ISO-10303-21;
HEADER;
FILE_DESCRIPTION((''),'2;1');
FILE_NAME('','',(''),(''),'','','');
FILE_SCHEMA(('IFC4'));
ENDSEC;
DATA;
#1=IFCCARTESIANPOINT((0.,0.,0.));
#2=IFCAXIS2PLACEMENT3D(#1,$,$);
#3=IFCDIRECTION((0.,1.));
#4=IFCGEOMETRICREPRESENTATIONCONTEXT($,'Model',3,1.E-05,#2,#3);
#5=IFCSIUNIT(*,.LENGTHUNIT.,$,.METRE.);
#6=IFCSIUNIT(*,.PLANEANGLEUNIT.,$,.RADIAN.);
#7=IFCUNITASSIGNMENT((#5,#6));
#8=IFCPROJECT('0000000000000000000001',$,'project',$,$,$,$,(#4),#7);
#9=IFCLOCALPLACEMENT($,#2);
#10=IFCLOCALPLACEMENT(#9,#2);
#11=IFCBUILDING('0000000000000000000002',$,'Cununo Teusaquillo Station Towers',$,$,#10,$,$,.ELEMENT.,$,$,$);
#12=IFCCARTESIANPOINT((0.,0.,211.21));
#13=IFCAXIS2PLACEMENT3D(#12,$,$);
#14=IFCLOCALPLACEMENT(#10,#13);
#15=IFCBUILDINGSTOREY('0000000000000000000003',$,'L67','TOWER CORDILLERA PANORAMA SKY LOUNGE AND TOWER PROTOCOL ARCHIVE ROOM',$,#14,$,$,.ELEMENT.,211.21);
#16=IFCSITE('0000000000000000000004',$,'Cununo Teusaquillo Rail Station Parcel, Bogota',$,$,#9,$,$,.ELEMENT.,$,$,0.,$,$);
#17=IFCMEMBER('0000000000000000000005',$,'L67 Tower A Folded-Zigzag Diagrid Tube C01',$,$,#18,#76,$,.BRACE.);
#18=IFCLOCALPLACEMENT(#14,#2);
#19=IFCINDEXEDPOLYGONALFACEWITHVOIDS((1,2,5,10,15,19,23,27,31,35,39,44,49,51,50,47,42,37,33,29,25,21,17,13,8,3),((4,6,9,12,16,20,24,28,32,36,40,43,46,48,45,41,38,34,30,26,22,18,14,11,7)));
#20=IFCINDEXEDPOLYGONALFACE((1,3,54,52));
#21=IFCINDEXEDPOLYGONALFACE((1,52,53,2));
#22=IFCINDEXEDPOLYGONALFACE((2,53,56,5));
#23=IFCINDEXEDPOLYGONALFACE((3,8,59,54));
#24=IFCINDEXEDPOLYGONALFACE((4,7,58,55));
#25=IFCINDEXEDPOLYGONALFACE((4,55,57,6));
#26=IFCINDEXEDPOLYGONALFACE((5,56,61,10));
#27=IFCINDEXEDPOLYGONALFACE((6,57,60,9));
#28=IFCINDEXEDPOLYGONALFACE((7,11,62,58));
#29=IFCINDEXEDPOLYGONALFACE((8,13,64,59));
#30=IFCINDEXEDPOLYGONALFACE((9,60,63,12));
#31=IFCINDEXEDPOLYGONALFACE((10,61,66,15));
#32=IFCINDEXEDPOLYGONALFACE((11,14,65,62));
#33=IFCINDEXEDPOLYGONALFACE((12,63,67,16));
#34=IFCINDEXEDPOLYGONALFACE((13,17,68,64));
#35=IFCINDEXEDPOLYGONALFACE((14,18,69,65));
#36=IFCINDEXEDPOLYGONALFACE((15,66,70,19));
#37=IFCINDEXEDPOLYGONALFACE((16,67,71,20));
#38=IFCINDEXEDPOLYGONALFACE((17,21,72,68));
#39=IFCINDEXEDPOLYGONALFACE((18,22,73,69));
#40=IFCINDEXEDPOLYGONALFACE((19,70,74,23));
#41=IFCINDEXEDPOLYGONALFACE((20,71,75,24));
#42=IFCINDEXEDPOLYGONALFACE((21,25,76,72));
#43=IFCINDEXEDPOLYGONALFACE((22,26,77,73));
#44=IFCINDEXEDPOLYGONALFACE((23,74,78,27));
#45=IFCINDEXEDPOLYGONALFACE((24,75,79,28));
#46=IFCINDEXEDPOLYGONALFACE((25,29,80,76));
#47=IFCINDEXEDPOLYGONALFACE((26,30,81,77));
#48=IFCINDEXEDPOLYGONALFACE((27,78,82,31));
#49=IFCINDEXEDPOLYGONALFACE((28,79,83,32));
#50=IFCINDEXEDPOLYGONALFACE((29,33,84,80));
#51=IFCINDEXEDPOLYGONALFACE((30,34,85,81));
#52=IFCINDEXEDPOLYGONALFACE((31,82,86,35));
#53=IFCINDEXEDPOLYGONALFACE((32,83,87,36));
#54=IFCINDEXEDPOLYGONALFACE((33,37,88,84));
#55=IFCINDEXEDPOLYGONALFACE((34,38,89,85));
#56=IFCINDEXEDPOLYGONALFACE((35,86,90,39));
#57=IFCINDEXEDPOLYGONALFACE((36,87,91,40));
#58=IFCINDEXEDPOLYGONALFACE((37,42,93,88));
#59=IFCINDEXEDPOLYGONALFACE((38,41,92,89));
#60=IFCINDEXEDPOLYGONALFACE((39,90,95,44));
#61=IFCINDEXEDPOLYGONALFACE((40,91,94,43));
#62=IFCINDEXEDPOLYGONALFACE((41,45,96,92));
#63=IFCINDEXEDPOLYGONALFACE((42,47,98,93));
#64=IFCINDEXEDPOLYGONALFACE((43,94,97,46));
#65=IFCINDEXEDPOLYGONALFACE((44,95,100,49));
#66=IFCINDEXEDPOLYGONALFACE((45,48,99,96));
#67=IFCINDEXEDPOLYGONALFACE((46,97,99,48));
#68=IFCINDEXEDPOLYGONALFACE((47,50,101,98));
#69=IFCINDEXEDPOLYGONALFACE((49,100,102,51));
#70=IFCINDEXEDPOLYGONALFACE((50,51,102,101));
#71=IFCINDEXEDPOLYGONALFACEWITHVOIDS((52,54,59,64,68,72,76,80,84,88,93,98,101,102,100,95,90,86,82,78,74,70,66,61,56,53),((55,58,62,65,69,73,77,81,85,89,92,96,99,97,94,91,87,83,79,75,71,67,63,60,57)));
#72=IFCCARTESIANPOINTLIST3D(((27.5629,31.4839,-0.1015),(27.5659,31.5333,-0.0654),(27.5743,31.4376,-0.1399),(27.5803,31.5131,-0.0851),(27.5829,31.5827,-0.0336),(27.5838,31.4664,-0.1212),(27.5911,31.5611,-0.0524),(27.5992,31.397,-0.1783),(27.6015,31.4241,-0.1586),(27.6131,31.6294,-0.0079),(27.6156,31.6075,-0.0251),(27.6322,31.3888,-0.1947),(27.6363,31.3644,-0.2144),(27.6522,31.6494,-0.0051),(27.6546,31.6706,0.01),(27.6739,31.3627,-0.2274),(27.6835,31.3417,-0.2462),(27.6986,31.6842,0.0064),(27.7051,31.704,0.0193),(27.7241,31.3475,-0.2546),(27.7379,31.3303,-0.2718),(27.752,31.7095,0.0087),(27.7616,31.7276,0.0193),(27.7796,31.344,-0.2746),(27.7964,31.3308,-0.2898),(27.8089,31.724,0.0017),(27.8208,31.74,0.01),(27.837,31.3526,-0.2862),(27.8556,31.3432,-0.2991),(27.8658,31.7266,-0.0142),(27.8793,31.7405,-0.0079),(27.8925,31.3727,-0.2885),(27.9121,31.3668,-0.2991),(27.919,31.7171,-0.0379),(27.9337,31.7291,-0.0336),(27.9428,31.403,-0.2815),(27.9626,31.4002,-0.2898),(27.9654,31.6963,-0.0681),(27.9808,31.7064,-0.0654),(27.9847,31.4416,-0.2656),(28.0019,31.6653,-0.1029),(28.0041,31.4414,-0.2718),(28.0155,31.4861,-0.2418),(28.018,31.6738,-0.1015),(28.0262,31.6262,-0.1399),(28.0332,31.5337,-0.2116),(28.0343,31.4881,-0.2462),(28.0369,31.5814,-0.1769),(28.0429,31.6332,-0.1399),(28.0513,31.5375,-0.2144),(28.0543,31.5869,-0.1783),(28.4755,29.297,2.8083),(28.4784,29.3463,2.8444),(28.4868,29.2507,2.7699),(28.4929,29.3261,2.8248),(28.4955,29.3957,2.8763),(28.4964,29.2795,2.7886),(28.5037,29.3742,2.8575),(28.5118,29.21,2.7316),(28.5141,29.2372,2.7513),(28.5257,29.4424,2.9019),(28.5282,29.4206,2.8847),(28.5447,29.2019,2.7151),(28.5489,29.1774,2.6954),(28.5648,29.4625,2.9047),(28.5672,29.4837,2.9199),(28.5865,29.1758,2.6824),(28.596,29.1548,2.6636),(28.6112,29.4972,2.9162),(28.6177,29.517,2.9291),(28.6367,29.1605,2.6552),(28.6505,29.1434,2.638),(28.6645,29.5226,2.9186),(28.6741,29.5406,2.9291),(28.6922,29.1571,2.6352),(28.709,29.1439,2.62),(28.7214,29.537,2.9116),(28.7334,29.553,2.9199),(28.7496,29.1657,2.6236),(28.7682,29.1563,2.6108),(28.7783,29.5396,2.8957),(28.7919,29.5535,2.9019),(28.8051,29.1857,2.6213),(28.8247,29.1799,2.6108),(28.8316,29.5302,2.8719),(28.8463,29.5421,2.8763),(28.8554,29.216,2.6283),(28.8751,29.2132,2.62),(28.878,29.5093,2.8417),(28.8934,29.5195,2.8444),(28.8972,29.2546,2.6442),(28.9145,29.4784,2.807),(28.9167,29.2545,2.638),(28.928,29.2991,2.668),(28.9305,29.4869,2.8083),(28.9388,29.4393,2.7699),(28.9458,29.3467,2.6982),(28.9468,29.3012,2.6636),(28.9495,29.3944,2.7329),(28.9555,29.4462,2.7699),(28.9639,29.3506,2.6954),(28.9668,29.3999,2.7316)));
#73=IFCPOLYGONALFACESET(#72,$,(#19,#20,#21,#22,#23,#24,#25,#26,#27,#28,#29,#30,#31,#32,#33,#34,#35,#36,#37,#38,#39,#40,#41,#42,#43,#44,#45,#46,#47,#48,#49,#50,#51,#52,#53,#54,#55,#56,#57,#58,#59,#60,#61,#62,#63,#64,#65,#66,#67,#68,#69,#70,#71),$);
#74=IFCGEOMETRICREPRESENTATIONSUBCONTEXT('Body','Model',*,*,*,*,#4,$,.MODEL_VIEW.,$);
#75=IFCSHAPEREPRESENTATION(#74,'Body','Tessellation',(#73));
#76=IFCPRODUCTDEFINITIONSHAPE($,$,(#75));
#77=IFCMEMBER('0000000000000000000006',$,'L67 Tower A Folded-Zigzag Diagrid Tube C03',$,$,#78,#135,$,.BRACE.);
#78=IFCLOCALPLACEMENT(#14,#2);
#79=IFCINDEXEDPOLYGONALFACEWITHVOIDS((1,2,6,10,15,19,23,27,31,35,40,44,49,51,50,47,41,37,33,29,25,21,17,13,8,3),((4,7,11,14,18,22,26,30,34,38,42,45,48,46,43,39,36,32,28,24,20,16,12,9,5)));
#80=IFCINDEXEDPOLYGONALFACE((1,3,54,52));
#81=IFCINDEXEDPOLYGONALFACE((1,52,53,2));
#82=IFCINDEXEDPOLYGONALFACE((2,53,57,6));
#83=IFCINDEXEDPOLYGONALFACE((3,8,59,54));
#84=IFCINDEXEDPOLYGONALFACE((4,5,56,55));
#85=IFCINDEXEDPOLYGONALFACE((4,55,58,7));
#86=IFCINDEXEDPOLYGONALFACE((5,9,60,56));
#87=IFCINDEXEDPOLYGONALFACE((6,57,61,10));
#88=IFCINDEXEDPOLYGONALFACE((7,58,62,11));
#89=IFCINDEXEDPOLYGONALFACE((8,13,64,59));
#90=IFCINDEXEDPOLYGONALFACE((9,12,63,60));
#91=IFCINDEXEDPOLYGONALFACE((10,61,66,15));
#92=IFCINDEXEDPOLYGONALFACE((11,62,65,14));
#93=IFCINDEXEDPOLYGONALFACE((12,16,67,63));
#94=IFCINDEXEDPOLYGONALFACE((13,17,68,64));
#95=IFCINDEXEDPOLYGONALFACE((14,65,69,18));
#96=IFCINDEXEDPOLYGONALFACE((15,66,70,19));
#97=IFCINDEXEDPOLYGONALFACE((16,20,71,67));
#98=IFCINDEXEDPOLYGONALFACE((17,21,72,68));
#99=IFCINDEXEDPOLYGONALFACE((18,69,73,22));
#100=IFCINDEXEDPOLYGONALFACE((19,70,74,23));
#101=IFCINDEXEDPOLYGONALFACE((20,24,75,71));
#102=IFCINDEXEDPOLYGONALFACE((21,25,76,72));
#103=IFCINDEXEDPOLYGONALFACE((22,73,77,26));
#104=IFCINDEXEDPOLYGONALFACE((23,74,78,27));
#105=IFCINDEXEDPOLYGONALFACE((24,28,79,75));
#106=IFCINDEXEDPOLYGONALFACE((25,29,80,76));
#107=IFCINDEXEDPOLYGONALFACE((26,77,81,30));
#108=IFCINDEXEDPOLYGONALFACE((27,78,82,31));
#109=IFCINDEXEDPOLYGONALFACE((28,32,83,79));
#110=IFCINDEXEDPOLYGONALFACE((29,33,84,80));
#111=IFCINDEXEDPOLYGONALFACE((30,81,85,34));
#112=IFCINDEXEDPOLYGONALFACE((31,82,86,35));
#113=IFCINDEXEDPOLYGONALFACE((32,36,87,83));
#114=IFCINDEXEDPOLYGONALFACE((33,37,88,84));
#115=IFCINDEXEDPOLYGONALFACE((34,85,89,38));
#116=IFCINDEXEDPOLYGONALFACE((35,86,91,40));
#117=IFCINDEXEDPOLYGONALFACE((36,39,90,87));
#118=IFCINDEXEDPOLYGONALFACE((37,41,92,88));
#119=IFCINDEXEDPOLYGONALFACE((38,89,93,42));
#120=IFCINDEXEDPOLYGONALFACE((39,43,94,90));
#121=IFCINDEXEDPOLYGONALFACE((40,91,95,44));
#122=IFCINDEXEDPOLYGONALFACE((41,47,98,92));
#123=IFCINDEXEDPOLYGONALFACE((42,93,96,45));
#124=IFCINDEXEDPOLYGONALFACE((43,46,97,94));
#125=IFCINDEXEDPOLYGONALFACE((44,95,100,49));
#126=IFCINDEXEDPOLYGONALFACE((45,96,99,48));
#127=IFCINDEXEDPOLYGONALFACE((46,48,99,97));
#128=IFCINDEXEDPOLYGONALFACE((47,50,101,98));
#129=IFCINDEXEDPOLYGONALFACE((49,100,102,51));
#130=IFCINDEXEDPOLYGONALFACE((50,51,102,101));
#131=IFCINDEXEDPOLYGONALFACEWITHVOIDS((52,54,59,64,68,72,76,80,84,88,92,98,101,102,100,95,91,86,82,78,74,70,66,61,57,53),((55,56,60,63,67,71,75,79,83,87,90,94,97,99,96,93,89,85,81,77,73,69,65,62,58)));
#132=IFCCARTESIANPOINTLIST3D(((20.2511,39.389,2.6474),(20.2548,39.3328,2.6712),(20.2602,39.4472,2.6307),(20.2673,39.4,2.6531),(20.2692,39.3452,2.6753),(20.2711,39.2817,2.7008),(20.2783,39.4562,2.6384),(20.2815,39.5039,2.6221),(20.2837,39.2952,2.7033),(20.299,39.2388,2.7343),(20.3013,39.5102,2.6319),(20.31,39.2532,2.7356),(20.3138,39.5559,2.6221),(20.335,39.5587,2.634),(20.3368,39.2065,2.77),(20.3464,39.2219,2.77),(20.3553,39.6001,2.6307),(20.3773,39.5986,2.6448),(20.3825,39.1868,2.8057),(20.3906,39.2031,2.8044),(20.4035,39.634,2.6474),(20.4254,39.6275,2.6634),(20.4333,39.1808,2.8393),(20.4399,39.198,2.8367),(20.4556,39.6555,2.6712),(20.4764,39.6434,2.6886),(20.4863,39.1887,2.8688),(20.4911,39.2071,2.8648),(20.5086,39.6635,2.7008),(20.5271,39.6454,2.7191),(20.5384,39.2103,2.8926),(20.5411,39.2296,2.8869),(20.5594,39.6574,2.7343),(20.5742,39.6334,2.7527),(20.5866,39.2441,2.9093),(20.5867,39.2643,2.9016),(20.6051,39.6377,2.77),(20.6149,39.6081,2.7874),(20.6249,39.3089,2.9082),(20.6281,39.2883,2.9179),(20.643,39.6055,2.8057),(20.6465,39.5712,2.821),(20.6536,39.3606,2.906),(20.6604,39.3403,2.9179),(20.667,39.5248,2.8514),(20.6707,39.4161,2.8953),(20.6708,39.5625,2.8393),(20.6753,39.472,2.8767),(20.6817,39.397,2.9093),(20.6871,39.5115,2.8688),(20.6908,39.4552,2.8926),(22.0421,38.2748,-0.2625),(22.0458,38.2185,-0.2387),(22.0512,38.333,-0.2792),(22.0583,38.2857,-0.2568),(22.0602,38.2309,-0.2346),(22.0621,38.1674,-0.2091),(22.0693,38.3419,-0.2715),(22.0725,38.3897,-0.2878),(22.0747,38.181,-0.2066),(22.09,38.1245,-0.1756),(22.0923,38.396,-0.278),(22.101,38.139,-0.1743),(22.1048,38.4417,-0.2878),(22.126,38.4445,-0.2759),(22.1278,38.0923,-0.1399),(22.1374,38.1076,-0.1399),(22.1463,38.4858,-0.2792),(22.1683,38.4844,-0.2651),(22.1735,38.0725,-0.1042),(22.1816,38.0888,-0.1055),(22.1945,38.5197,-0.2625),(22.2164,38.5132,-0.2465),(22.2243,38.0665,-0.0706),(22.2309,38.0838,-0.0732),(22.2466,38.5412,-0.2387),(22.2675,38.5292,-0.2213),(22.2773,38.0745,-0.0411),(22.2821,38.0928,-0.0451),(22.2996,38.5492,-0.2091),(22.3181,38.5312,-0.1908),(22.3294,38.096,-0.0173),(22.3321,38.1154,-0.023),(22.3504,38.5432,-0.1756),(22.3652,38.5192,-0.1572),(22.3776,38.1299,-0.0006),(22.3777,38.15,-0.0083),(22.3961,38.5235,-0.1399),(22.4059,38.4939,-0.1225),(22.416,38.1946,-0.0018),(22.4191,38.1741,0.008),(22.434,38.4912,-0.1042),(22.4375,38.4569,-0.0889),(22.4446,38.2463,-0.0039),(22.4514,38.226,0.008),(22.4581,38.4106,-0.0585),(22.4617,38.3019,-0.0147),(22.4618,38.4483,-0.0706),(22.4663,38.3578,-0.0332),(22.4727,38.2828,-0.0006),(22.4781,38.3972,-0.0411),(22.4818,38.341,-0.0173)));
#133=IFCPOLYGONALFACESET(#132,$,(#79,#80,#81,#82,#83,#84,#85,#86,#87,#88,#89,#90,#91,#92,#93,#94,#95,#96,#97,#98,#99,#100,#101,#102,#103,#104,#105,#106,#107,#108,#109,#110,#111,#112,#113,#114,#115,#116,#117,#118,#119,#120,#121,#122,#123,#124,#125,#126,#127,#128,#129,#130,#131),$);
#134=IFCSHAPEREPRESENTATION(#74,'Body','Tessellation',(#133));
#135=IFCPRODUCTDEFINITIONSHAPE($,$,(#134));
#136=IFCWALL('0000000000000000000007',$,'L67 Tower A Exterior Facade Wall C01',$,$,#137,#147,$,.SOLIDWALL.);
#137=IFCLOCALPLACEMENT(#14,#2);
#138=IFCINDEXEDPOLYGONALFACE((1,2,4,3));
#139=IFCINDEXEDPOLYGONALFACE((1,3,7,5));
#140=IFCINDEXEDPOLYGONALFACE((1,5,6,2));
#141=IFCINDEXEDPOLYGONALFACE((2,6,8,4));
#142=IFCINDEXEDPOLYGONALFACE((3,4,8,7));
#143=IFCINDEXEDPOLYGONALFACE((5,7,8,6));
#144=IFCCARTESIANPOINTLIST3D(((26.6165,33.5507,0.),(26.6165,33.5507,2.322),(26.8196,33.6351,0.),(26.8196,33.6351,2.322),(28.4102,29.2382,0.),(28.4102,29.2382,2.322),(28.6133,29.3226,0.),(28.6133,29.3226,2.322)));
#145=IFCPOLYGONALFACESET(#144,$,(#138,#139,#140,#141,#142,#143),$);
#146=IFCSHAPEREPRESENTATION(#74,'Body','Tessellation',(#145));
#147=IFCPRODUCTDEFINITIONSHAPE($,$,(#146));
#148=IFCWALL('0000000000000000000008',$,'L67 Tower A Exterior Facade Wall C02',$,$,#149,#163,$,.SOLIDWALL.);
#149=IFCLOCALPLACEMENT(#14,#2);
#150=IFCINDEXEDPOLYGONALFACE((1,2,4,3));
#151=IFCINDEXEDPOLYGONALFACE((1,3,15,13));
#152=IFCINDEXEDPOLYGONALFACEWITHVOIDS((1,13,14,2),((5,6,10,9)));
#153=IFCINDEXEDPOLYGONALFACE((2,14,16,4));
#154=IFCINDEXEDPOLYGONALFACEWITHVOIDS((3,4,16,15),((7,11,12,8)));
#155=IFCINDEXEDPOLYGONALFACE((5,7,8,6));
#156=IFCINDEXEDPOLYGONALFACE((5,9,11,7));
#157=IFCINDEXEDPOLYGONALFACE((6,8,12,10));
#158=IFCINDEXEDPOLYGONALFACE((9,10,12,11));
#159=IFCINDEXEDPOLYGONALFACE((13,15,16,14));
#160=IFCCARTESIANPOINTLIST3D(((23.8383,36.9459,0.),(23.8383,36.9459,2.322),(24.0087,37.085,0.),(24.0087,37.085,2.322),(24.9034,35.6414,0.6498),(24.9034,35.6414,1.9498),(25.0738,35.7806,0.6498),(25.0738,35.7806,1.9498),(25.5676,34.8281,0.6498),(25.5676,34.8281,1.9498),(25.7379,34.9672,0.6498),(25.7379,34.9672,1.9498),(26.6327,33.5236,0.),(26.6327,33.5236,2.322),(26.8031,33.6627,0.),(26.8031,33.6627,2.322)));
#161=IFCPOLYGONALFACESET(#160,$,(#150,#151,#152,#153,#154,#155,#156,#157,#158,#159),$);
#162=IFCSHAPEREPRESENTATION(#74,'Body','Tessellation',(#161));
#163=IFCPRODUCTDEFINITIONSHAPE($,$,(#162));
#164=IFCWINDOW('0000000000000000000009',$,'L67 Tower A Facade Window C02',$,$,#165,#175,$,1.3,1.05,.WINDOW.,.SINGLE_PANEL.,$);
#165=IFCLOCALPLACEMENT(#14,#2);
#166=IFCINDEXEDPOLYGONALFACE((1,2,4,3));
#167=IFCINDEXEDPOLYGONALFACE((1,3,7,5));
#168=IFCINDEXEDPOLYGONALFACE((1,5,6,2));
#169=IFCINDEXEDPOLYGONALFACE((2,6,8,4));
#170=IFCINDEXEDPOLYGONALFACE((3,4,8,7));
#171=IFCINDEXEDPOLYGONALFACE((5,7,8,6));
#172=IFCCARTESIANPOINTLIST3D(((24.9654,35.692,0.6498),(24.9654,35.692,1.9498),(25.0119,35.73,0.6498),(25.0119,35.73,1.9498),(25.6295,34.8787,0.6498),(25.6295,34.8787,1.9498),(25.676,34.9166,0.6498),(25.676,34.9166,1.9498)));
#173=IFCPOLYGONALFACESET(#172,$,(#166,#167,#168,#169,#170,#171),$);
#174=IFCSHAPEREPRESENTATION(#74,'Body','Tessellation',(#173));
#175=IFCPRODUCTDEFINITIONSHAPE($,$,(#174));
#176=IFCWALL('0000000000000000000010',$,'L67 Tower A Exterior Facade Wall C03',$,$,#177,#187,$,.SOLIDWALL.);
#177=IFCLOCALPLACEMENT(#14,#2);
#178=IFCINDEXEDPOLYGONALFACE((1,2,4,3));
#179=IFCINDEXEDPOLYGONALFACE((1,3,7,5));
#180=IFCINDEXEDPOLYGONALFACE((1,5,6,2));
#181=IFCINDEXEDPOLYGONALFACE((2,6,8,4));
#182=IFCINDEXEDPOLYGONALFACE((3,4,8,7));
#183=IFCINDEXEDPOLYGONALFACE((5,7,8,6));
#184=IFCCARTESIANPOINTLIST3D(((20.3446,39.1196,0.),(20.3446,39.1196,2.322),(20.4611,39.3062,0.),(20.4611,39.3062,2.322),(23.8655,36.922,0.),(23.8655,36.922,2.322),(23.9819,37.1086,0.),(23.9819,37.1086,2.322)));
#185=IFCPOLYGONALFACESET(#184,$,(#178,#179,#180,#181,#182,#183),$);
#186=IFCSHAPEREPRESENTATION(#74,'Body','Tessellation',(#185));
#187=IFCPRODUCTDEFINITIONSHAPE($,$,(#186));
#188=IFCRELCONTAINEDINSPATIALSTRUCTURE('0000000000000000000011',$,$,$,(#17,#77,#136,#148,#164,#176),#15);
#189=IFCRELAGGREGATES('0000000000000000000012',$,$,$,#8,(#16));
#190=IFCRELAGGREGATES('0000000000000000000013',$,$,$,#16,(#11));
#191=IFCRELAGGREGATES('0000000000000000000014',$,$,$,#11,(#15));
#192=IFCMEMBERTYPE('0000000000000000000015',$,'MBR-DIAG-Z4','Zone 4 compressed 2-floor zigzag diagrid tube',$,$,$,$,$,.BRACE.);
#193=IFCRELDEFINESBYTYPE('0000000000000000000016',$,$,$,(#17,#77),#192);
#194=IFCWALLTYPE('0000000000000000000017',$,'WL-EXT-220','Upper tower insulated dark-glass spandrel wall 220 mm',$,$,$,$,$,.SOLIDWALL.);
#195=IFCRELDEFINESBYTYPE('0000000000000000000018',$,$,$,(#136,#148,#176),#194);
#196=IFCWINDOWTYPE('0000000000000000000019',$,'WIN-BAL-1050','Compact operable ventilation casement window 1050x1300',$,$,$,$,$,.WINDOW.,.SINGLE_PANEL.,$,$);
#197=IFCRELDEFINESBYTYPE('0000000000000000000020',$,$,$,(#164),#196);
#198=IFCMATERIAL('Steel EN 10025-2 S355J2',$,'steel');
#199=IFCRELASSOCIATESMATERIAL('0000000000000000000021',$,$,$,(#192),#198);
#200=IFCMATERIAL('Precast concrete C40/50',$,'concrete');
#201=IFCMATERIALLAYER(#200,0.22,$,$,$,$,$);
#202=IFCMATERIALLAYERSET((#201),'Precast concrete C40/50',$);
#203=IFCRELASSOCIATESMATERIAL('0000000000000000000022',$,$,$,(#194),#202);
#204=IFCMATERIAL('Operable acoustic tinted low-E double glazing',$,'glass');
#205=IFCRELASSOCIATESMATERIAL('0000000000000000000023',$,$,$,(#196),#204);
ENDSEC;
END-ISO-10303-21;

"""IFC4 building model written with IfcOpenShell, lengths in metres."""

from ifc_helpers import new_model, si_unit, direction, frame, frame_2d, origin, origin_2d, place, context, subcontext, project, spatial, rectangle, hollow_circle, extrude, source, transform, mapped, material, layer, layer_set, material_profile, profile_set, type_object, element, fill, save


model = new_model("IFC4")

# Units and contexts
model_context = context("Model", 3, precision=1e-05, world=origin(), true_north=direction((0.0, 1.0)))
body_context = subcontext(model_context, "Body", "Model", "MODEL_VIEW")
ifc_project = project(units=[si_unit("LENGTHUNIT", "METRE"), si_unit("PLANEANGLEUNIT", "RADIAN")], contexts=[model_context])

# Site, building, storey
site_placement = place(None, origin())
site = spatial("IfcSite", under=ifc_project, at=site_placement, Name="Cununo Teusaquillo Rail Station Parcel, Bogota", CompositionType="ELEMENT", RefElevation=0.0)
building_placement = place(site_placement, origin())
building = spatial("IfcBuilding", under=site, at=building_placement, Name="Cununo Teusaquillo Station Towers", CompositionType="ELEMENT")
storey_placement = place(building_placement, frame((0.0, 0.0, 211.21)))
storey = spatial("IfcBuildingStorey", under=building, at=storey_placement, Name="L67", Description="TOWER CORDILLERA PANORAMA SKY LOUNGE AND TOWER PROTOCOL ARCHIVE ROOM", CompositionType="ELEMENT", Elevation=211.21)

# Members
ifc_material_1 = material(Name="Steel EN 10025-2 S355J2", Category="steel")
ifc_material_profile_1 = material_profile(ifc_material_1, hollow_circle(Radius=0.2539, WallThickness=0.0181, at=origin_2d()), Name="CHS 508x18")
ifc_profile_set_1 = profile_set([ifc_material_profile_1], Name="Steel EN 10025-2 S355J2")
member_type = type_object("IfcMemberType", Name="MBR-DIAG-Z4", Description="Zone 4 compressed 2-floor zigzag diagrid tube", PredefinedType="BRACE", material=ifc_profile_set_1)
member_1_placement = place(storey_placement, frame((27.8086, 31.5354, -0.1399), z_axis=(0.243178, -0.582769, 0.775399), x_axis=(0.922876, 0.385098, 0.0)))
element("IfcMember", 1, at=member_1_placement, inside=storey, type_object=member_type, Name="L67 Tower A Folded-Zigzag Diagrid Tube C01", PredefinedType="BRACE", context=body_context, shape_type="SweptSolid", body=[
    extrude(hollow_circle(Radius=0.2539, WallThickness=0.0181, at=origin_2d()), origin(), (0.0, 0.0, 1.0), 3.7527),
])
member_2_placement = place(storey_placement, frame((22.262, 38.3079, -0.1399), z_axis=(-0.498334, 0.310032, 0.809656), x_axis=(-0.52825, -0.849089, 0.0)))
element("IfcMember", 2, at=member_2_placement, inside=storey, type_object=member_type, Name="L67 Tower A Folded-Zigzag Diagrid Tube C03", PredefinedType="BRACE", context=body_context, shape_type="SweptSolid", body=[
    extrude(hollow_circle(Radius=0.2539, WallThickness=0.0181, at=origin_2d()), origin(), (0.0, 0.0, 1.0), 3.594),
])

# Wall
ifc_material_2 = material(Name="Precast concrete C40/50", Category="concrete")
ifc_layer_1 = layer(ifc_material_2, 0.22)
ifc_layer_set_1 = layer_set([ifc_layer_1], Name="Precast concrete C40/50")
wall_type_1 = type_object("IfcWallType", Name="WL-EXT-220", Description="Upper tower insulated dark-glass spandrel wall 220 mm", PredefinedType="SOLIDWALL", material=ifc_layer_set_1)
wall_1_placement = place(storey_placement, frame((26.718, 33.593, 0.0), z_axis=(0.0, 0.0, 1.0), x_axis=(0.384036, -0.923318, 0.0)))
element("IfcWall", 3, at=wall_1_placement, inside=storey, type_object=wall_type_1, Name="L67 Tower A Exterior Facade Wall C01", PredefinedType="SOLIDWALL", context=body_context, shape_type="SweptSolid", body=[
    extrude(rectangle(XDim=4.6707, YDim=0.22, at=frame_2d((2.3354, 0.0))), origin(), (0.0, 0.0, 1.0), 2.322),
])

# Wall, opening, window
wall_2_placement = place(storey_placement, frame((23.9236, 37.0154, 0.0), z_axis=(0.0, 0.0, 1.0), x_axis=(0.632467, -0.774587, 0.0)))
wall_2 = element("IfcWall", 4, at=wall_2_placement, inside=storey, type_object=wall_type_1, Name="L67 Tower A Exterior Facade Wall C02", PredefinedType="SOLIDWALL", context=body_context, shape_type="SweptSolid", body=[
    extrude(rectangle(XDim=4.4182, YDim=0.22, at=frame_2d((2.209, 0.0))), origin(), (0.0, 0.0, 1.0), 2.322),
])
shared_shape_1 = source(origin(), body_context, "Body", "SweptSolid", [
    extrude(rectangle(XDim=1.05, YDim=1.3, at=frame_2d((0.5249, 0.6499))), frame((0.0, 0.1199, 0.0), z_axis=(0.0, -1.0, 0.0), x_axis=(1.0, 0.0, 0.0)), (0.0, 0.0, 1.0), 0.24),
])
opening_1_placement = place(wall_2_placement, frame((1.6841, 0.0, 0.6499)))
opening_1 = element("IfcOpeningElement", 5, at=opening_1_placement, cuts=wall_2, PredefinedType="OPENING", context=body_context, shape_type="MappedRepresentation", body=[
    mapped(shared_shape_1, transform((0.0, 0.0, 0.0), x_axis=(1.0, 0.0, 0.0), y_axis=(0.0, 1.0, 0.0), z_axis=(0.0, 0.0, 1.0), scale=1.0)),
])
ifc_material_3 = material(Name="Operable acoustic tinted low-E double glazing", Category="glass")
window_type = type_object("IfcWindowType", Name="WIN-BAL-1050", Description="Compact operable ventilation casement window 1050x1300", PartitioningType="SINGLE_PANEL", PredefinedType="WINDOW", material=ifc_material_3)
shared_shape_2 = source(origin(), body_context, "Body", "SweptSolid", [
    extrude(rectangle(XDim=1.05, YDim=1.3, at=frame_2d((0.5249, 0.6499))), frame((0.0, 0.03, 0.0), z_axis=(0.0, -1.0, 0.0), x_axis=(1.0, 0.0, 0.0)), (0.0, 0.0, 1.0), 0.0601),
])
window_1_placement = place(opening_1_placement, origin())
window_1 = element("IfcWindow", 6, at=window_1_placement, inside=storey, type_object=window_type, Name="L67 Tower A Facade Window C02", OverallHeight=1.3, OverallWidth=1.05, PartitioningType="SINGLE_PANEL", PredefinedType="WINDOW", context=body_context, shape_type="MappedRepresentation", body=[
    mapped(shared_shape_2, transform((0.0, 0.0, 0.0), x_axis=(1.0, 0.0, 0.0), y_axis=(0.0, 1.0, 0.0), z_axis=(0.0, 0.0, 1.0), scale=1.0)),
])
fill(opening_1, window_1)

# Wall
wall_3_placement = place(storey_placement, frame((20.4028, 39.2129, 0.0), z_axis=(0.0, 0.0, 1.0), x_axis=(0.848319, -0.529486, 0.0)))
element("IfcWall", 7, at=wall_3_placement, inside=storey, type_object=wall_type_1, Name="L67 Tower A Exterior Facade Wall C03", PredefinedType="SOLIDWALL", context=body_context, shape_type="SweptSolid", body=[
    extrude(rectangle(XDim=4.1504, YDim=0.22, at=frame_2d((2.0752, 0.0))), origin(), (0.0, 0.0, 1.0), 2.322),
])

save(model, "model.ifc")
